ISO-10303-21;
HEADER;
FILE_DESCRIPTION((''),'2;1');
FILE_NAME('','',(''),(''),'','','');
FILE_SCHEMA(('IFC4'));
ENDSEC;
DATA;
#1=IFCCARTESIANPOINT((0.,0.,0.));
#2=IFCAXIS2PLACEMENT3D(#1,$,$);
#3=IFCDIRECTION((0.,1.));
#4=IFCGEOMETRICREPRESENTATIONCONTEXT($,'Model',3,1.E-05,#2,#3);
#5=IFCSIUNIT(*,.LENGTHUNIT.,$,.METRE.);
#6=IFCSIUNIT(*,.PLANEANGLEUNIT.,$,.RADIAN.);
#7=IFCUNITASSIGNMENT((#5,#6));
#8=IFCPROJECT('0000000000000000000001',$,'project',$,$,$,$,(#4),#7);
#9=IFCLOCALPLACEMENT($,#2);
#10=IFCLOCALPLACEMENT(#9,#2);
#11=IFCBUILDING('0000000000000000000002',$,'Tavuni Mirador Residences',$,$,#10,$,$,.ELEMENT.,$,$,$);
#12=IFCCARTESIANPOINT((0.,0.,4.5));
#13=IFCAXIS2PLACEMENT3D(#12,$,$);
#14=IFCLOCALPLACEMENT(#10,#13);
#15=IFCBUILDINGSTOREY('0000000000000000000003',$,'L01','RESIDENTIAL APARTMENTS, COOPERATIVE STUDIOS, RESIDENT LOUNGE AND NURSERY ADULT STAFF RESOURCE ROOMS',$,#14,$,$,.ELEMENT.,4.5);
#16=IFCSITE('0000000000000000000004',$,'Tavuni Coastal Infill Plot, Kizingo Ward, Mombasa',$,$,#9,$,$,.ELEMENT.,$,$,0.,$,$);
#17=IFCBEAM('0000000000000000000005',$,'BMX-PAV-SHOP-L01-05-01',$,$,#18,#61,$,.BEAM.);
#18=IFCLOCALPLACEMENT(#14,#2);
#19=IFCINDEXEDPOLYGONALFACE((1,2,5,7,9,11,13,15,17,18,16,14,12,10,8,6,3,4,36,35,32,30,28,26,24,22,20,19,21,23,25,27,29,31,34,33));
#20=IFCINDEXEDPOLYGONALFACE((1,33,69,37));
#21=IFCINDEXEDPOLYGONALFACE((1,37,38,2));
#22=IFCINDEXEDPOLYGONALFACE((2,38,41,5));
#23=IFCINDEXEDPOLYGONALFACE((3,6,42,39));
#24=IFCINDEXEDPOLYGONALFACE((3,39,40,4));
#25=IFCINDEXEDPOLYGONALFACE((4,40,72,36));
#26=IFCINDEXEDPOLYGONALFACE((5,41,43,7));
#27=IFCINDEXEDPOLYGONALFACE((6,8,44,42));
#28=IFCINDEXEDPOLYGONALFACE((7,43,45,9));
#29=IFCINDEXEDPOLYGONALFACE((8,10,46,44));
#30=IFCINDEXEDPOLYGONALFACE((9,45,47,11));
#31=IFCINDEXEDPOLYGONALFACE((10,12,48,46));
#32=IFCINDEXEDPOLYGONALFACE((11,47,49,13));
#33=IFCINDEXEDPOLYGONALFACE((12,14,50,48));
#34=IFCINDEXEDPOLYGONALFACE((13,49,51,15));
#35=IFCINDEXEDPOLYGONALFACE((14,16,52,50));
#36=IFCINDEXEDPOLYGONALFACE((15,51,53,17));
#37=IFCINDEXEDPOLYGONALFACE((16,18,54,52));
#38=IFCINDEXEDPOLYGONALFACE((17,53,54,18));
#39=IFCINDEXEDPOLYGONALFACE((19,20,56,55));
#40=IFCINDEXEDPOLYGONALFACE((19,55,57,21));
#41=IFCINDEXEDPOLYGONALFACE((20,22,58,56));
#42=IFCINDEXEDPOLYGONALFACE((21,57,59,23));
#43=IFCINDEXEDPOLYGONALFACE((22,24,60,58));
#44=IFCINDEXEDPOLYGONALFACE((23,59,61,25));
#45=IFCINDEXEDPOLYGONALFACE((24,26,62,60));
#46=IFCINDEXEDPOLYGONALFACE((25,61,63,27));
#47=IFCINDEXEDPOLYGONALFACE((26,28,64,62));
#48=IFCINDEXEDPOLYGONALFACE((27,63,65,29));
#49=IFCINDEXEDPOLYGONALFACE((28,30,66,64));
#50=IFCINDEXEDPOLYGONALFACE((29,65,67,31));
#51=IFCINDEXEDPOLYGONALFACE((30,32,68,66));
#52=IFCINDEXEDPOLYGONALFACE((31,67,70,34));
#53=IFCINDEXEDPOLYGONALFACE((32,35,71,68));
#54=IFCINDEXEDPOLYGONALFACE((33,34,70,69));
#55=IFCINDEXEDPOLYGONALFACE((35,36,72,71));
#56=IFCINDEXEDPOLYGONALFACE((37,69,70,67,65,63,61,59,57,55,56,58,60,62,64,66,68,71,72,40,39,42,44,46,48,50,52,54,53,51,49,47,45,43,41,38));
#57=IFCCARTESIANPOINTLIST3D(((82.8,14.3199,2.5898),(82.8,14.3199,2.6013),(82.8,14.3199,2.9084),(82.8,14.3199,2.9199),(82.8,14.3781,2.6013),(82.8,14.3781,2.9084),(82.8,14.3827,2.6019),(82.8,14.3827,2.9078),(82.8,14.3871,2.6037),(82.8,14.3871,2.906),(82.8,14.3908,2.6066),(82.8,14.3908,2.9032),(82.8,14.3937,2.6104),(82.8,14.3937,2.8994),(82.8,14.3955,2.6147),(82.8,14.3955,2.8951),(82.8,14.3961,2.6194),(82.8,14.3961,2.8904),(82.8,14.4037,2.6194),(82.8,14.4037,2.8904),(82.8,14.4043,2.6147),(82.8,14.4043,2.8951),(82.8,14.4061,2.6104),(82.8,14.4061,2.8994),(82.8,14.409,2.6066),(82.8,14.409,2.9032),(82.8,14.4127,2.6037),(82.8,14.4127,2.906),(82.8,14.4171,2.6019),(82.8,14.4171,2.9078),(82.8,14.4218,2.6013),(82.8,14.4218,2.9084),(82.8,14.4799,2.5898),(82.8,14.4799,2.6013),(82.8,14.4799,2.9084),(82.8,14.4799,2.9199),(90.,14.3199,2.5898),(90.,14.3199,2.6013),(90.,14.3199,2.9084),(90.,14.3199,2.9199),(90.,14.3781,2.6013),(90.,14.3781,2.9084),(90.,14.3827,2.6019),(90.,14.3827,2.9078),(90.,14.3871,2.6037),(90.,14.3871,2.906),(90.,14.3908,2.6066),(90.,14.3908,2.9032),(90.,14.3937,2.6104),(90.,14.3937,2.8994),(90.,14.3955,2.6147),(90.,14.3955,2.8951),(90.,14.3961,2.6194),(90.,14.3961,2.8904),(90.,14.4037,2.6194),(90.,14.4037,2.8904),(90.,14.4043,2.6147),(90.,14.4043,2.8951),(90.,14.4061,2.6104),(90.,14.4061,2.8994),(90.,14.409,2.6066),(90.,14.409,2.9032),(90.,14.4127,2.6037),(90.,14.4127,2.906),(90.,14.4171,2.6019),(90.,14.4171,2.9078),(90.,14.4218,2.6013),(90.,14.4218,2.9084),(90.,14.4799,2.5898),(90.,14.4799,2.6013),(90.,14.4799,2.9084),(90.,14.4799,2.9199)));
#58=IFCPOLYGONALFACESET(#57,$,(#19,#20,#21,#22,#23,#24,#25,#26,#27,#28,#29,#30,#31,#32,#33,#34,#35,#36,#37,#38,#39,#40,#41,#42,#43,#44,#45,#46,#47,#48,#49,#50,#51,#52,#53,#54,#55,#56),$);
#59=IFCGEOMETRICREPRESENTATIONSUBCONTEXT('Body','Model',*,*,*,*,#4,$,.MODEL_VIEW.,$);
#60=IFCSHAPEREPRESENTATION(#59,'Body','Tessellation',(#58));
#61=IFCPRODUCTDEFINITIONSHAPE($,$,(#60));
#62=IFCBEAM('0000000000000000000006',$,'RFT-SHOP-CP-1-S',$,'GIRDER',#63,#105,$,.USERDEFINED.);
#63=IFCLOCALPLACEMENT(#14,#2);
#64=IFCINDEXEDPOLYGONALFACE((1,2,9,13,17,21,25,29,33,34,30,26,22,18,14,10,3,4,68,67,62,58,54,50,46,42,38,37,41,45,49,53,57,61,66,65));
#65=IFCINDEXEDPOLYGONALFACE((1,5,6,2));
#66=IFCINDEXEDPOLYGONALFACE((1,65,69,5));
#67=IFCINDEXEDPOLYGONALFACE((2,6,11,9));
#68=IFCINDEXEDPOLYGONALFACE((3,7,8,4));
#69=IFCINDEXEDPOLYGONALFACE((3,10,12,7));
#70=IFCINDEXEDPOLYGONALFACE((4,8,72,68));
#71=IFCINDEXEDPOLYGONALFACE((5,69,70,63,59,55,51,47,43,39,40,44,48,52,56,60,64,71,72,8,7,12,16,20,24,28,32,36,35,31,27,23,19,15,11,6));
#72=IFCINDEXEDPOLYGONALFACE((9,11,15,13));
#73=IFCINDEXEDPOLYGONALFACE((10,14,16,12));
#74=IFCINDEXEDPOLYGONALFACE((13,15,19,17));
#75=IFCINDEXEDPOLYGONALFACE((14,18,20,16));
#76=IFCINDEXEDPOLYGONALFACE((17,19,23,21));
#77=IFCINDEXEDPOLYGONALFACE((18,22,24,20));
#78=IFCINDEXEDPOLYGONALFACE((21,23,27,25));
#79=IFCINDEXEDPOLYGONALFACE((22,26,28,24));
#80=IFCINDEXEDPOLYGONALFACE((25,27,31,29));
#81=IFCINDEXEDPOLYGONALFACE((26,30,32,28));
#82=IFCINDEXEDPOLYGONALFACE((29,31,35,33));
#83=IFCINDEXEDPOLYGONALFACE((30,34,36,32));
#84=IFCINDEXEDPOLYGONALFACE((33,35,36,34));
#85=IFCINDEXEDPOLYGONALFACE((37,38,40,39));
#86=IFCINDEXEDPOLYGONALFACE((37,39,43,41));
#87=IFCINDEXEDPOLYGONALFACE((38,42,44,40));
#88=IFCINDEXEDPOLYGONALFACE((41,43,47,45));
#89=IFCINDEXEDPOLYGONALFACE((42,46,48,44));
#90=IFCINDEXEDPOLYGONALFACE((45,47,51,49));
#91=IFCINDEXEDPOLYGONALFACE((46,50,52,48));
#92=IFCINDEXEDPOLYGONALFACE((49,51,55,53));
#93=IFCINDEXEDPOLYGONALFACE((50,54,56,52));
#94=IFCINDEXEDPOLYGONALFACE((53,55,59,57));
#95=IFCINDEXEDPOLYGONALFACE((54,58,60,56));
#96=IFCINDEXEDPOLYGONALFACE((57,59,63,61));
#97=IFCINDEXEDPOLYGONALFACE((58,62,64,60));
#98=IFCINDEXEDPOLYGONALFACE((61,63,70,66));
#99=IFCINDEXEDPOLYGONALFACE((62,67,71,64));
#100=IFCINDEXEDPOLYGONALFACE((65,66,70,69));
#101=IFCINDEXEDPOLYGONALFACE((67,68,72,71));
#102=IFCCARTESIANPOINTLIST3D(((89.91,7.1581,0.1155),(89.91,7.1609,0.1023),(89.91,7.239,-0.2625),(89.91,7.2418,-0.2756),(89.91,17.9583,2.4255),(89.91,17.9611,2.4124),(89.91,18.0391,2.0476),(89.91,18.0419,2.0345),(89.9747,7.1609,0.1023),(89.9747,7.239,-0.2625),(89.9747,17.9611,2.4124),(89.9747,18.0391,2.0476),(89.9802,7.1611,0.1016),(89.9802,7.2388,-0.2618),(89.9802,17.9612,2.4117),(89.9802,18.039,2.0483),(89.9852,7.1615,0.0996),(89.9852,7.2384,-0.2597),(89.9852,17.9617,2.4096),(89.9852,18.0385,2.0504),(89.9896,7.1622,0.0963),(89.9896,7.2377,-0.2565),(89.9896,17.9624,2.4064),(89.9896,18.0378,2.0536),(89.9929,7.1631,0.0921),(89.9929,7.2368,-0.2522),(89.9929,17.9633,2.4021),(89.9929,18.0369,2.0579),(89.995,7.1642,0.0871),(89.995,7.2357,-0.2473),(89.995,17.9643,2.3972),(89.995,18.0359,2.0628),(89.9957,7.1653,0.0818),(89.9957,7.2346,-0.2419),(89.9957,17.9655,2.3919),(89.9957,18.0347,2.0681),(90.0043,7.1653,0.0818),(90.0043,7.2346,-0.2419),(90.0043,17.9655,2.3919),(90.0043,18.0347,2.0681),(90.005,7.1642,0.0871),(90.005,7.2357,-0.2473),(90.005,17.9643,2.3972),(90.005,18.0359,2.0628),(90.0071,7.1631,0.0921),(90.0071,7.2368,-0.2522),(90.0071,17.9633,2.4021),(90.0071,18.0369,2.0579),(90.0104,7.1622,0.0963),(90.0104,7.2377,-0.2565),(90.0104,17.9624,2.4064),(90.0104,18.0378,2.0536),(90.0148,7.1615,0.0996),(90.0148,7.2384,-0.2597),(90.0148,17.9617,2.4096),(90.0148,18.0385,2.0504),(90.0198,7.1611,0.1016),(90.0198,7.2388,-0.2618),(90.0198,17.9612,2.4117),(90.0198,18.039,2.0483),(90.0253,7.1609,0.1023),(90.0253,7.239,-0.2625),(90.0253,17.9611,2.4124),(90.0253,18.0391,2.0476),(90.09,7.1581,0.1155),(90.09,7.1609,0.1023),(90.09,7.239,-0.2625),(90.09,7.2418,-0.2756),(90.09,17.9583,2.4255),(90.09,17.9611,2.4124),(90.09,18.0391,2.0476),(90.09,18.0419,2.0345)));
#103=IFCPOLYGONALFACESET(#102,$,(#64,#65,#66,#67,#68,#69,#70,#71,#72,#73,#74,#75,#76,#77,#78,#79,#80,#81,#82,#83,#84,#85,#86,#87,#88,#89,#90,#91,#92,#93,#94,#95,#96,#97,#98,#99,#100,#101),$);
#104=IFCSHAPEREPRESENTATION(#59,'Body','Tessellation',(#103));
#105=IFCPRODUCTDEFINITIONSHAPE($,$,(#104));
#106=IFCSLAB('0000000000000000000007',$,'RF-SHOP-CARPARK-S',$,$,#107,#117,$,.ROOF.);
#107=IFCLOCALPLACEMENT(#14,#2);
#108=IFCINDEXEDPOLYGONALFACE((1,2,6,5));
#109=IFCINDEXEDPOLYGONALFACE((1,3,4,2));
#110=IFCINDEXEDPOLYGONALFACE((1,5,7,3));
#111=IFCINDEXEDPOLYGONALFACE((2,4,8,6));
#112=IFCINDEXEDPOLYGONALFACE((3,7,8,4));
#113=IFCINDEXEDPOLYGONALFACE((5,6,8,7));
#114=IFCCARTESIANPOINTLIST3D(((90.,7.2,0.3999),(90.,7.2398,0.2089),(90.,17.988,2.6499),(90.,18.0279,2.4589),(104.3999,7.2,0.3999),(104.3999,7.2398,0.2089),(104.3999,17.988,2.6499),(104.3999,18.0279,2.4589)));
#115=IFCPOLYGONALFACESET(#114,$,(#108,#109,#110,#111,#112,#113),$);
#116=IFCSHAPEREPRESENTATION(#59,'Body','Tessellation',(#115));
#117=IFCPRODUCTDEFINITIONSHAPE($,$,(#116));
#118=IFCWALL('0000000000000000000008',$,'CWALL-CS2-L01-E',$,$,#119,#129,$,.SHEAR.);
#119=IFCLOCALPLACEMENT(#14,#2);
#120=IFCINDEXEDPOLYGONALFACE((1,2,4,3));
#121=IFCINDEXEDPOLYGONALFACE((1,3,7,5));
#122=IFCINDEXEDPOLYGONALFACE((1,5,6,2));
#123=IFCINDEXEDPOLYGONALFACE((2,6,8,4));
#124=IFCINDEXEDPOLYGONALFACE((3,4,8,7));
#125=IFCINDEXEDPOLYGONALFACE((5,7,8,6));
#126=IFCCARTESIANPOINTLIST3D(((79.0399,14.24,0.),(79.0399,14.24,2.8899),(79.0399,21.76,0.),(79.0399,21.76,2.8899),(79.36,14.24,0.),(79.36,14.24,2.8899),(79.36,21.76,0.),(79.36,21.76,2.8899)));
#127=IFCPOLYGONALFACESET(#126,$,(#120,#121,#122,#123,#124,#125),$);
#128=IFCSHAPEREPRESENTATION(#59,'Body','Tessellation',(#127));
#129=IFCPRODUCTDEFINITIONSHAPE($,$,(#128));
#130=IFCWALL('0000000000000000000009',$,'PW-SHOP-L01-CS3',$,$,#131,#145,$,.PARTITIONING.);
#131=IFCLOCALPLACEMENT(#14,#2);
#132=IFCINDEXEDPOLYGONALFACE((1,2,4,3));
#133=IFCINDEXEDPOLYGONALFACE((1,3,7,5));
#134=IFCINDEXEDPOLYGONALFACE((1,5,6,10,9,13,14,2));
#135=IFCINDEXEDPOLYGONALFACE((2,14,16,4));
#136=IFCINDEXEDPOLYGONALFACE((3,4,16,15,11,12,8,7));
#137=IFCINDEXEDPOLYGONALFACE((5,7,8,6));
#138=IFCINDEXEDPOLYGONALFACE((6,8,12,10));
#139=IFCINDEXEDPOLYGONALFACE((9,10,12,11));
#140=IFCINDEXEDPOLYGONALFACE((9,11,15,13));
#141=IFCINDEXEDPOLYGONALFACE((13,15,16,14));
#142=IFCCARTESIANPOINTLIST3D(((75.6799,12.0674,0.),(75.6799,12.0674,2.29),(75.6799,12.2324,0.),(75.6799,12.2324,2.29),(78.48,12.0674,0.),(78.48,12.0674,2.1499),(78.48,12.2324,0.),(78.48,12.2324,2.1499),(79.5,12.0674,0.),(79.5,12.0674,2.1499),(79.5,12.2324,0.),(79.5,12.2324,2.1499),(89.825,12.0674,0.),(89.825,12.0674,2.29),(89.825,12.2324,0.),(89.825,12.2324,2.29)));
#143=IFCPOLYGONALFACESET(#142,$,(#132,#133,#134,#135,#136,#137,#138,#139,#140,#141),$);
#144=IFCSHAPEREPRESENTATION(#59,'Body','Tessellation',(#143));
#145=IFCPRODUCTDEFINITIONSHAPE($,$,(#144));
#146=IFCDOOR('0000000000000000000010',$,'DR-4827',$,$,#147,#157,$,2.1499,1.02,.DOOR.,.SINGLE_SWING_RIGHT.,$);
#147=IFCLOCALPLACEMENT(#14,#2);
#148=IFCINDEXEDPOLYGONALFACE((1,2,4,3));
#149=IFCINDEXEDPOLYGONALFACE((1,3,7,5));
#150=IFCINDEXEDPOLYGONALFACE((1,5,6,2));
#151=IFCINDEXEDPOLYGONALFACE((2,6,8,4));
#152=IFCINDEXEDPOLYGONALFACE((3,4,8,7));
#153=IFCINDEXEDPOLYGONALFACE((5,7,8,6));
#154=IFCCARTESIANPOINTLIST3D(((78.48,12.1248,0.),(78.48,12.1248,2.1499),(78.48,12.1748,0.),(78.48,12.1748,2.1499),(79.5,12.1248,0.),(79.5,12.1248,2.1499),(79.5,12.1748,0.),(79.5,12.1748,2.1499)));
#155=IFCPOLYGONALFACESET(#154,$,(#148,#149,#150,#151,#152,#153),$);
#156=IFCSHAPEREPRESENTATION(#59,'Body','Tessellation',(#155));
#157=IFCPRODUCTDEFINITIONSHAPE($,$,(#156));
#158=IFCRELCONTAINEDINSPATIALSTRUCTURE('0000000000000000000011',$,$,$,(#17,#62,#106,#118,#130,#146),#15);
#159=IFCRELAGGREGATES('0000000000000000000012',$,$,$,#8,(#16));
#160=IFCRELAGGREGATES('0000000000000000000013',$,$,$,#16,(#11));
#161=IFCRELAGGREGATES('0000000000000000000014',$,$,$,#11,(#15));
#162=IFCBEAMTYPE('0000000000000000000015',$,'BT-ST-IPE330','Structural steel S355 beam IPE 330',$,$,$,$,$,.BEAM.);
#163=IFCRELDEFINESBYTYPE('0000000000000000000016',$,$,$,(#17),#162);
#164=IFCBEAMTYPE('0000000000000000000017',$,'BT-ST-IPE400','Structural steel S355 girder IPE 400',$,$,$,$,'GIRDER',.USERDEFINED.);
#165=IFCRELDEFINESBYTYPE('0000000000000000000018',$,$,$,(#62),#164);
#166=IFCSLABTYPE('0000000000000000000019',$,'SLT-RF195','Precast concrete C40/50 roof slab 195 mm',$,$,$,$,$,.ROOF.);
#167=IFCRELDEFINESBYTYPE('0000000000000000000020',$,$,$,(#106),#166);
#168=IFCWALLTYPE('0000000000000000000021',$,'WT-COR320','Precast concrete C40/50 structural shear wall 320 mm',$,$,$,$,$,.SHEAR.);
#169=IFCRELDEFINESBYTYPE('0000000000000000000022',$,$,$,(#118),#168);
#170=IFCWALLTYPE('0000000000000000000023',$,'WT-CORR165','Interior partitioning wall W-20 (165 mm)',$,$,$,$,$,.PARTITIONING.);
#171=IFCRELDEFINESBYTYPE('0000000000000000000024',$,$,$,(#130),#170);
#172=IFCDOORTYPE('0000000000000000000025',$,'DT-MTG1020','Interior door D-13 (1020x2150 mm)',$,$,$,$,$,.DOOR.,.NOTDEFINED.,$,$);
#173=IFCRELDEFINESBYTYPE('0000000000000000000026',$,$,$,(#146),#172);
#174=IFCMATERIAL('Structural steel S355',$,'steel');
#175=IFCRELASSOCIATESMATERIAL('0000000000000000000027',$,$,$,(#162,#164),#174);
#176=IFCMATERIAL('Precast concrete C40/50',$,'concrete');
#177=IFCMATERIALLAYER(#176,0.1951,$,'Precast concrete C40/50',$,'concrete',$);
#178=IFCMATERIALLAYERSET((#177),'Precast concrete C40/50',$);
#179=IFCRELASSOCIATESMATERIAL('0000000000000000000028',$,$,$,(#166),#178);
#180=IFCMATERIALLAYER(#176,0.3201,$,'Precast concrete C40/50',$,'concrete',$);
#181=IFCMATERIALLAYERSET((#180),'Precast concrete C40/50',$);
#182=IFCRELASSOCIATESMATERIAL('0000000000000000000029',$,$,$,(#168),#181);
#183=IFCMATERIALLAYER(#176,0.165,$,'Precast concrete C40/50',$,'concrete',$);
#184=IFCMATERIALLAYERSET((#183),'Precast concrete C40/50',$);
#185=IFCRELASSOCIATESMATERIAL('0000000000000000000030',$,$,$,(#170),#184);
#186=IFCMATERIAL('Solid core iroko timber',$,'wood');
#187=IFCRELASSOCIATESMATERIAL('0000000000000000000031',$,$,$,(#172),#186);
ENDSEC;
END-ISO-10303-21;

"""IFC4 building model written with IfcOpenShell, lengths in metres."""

from ifc_helpers import new_model, si_unit, direction, frame, frame_2d, origin, origin_2d, place, context, subcontext, project, spatial, polyline, rectangle, i_section, outline, extrude, material, layer, layer_set, material_profile, profile_set, type_object, element, fill, save


model = new_model("IFC4")

# Units and contexts
model_context = context("Model", 3, precision=1e-05, world=origin(), true_north=direction((0.0, 1.0)))
body_context = subcontext(model_context, "Body", "Model", "MODEL_VIEW")
ifc_project = project(units=[si_unit("LENGTHUNIT", "METRE"), si_unit("PLANEANGLEUNIT", "RADIAN")], contexts=[model_context])

# Site, building, storey
site_placement = place(None, origin())
site = spatial("IfcSite", under=ifc_project, at=site_placement, Name="Tavuni Coastal Infill Plot, Kizingo Ward, Mombasa", CompositionType="ELEMENT", RefElevation=0.0)
building_placement = place(site_placement, origin())
building = spatial("IfcBuilding", under=site, at=building_placement, Name="Tavuni Mirador Residences", CompositionType="ELEMENT")
storey_placement = place(building_placement, frame((0.0, 0.0, 4.5)))
storey = spatial("IfcBuildingStorey", under=building, at=storey_placement, Name="L01", Description="RESIDENTIAL APARTMENTS, COOPERATIVE STUDIOS, RESIDENT LOUNGE AND NURSERY ADULT STAFF RESOURCE ROOMS", CompositionType="ELEMENT", Elevation=4.5)

# Shared definitions
ifc_material_1 = material(Name="Precast concrete C40/50", Category="concrete")
ifc_material_2 = material(Name="Structural steel S355", Category="steel")

# Beams
ifc_material_profile_1 = material_profile(ifc_material_2, i_section(OverallWidth=0.1599, OverallDepth=0.3301, WebThickness=0.0076, FlangeThickness=0.0115, FilletRadius=0.0181, at=origin_2d()), Name="IPE 330", Category="steel")
ifc_profile_set_1 = profile_set([ifc_material_profile_1], Name="Structural steel S355")
beam_type_1 = type_object("IfcBeamType", Name="BT-ST-IPE330", Description="Structural steel S355 beam IPE 330", PredefinedType="BEAM", material=ifc_profile_set_1)
beam_1_placement = place(storey_placement, frame((82.8, 14.3999, 2.7549), z_axis=(1.0, 0.0, 0.0), x_axis=(0.0, 1.0, 0.0)))
element("IfcBeam", 1, at=beam_1_placement, inside=storey, type_object=beam_type_1, Name="BMX-PAV-SHOP-L01-05-01", PredefinedType="BEAM", context=body_context, shape_type="SweptSolid", body=[
    extrude(i_section(OverallWidth=0.1599, OverallDepth=0.3301, WebThickness=0.0076, FlangeThickness=0.0115, FilletRadius=0.0181, at=origin_2d()), origin(), (0.0, 0.0, 1.0), 7.2),
])
ifc_material_profile_2 = material_profile(ifc_material_2, i_section(OverallWidth=0.1799, OverallDepth=0.3999, WebThickness=0.0085, FlangeThickness=0.0134, FilletRadius=0.021, at=origin_2d()), Name="IPE 400", Category="steel")
ifc_profile_set_2 = profile_set([ifc_material_profile_2], Name="Structural steel S355")
beam_type_2 = type_object("IfcBeamType", Name="BT-ST-IPE400", Description="Structural steel S355 girder IPE 400", ElementType="GIRDER", PredefinedType="USERDEFINED", material=ifc_profile_set_2)
beam_2_placement = place(storey_placement, frame((90.0, 7.2, -0.0801), z_axis=(0.0, 0.977881, 0.209162), x_axis=(-1.0, 0.0, 0.0)))
element("IfcBeam", 2, at=beam_2_placement, inside=storey, type_object=beam_type_2, Name="RFT-SHOP-CP-1-S", ObjectType="GIRDER", PredefinedType="USERDEFINED", context=body_context, shape_type="SweptSolid", body=[
    extrude(i_section(OverallWidth=0.1799, OverallDepth=0.3999, WebThickness=0.0085, FlangeThickness=0.0134, FilletRadius=0.021, at=origin_2d()), origin(), (0.0, 0.0, 1.0), 11.0444),
])

# Slab
ifc_layer_1 = layer(ifc_material_1, 0.1951, Name="Precast concrete C40/50", Category="concrete")
ifc_layer_set_1 = layer_set([ifc_layer_1], Name="Precast concrete C40/50")
slab_type = type_object("IfcSlabType", Name="SLT-RF195", Description="Precast concrete C40/50 roof slab 195 mm", PredefinedType="ROOF", material=ifc_layer_set_1)
slab_placement = place(storey_placement, frame((90.0, 7.2, 0.3999), z_axis=(0.0, -0.20417, 0.978935), x_axis=(1.0, 0.0, 0.0)))
element("IfcSlab", 3, at=slab_placement, inside=storey, type_object=slab_type, Name="RF-SHOP-CARPARK-S", PredefinedType="ROOF", context=body_context, shape_type="SweptSolid", body=[
    extrude(outline(polyline([(0.0, 0.0), (14.3999, 0.0), (14.3999, 11.0202), (0.0, 11.0202), (0.0, 0.0)])), origin(), (0.0, 0.0, -1.0), 0.1951),
])

# Wall
ifc_layer_2 = layer(ifc_material_1, 0.3201, Name="Precast concrete C40/50", Category="concrete")
ifc_layer_set_2 = layer_set([ifc_layer_2], Name="Precast concrete C40/50")
wall_type_1 = type_object("IfcWallType", Name="WT-COR320", Description="Precast concrete C40/50 structural shear wall 320 mm", PredefinedType="SHEAR", material=ifc_layer_set_2)
wall_1_placement = place(storey_placement, frame((79.2, 14.24, 0.0), z_axis=(0.0, 0.0, 1.0), x_axis=(0.0, 1.0, 0.0)))
element("IfcWall", 4, at=wall_1_placement, inside=storey, type_object=wall_type_1, Name="CWALL-CS2-L01-E", PredefinedType="SHEAR", context=body_context, shape_type="SweptSolid", body=[
    extrude(rectangle(XDim=7.52, YDim=0.3201, at=frame_2d((3.76, 0.0))), origin(), (0.0, 0.0, 1.0), 2.8899),
])

# Wall, opening, door
ifc_material_3 = material(Name="Solid core iroko timber", Category="wood")
ifc_layer_3 = layer(ifc_material_1, 0.165, Name="Precast concrete C40/50", Category="concrete")
ifc_layer_set_3 = layer_set([ifc_layer_3], Name="Precast concrete C40/50")
wall_type_2 = type_object("IfcWallType", Name="WT-CORR165", Description="Interior partitioning wall W-20 (165 mm)", PredefinedType="PARTITIONING", material=ifc_layer_set_3)
wall_2_placement = place(storey_placement, frame((75.6799, 12.1499, 0.0), z_axis=(0.0, 0.0, 1.0), x_axis=(1.0, 0.0, 0.0)))
wall_2 = element("IfcWall", 5, at=wall_2_placement, inside=storey, type_object=wall_type_2, Name="PW-SHOP-L01-CS3", PredefinedType="PARTITIONING", context=body_context, shape_type="SweptSolid", body=[
    extrude(rectangle(XDim=14.145, YDim=0.165, at=frame_2d((7.0725, 0.0))), origin(), (0.0, 0.0, 1.0), 2.29),
])
opening_1_placement = place(wall_2_placement, frame((2.8, 0.0, 0.0)))
opening_1 = element("IfcOpeningElement", 6, at=opening_1_placement, cuts=wall_2, PredefinedType="OPENING", context=body_context, shape_type="SweptSolid", body=[
    extrude(rectangle(XDim=1.02, YDim=2.1499, at=frame_2d((0.51, 1.075))), frame((0.0, 0.0925, 0.0), z_axis=(0.0, -1.0, 0.0), x_axis=(1.0, 0.0, 0.0)), (0.0, 0.0, 1.0), 0.1851),
])
door_type_1 = type_object("IfcDoorType", Name="DT-MTG1020", Description="Interior door D-13 (1020x2150 mm)", OperationType="NOTDEFINED", PredefinedType="DOOR", material=ifc_material_3)
door_1_placement = place(opening_1_placement, origin())
door_1 = element("IfcDoor", 7, at=door_1_placement, inside=storey, type_object=door_type_1, Name="DR-4827", OperationType="SINGLE_SWING_RIGHT", OverallHeight=2.1499, OverallWidth=1.02, PredefinedType="DOOR", context=body_context, shape_type="SweptSolid", body=[
    extrude(rectangle(XDim=1.02, YDim=2.1499, at=frame_2d((0.51, 1.075))), frame((0.0, 0.0249, 0.0), z_axis=(0.0, -1.0, 0.0), x_axis=(1.0, 0.0, 0.0)), (0.0, 0.0, 1.0), 0.05),
])
fill(opening_1, door_1)

save(model, "model.ifc")
